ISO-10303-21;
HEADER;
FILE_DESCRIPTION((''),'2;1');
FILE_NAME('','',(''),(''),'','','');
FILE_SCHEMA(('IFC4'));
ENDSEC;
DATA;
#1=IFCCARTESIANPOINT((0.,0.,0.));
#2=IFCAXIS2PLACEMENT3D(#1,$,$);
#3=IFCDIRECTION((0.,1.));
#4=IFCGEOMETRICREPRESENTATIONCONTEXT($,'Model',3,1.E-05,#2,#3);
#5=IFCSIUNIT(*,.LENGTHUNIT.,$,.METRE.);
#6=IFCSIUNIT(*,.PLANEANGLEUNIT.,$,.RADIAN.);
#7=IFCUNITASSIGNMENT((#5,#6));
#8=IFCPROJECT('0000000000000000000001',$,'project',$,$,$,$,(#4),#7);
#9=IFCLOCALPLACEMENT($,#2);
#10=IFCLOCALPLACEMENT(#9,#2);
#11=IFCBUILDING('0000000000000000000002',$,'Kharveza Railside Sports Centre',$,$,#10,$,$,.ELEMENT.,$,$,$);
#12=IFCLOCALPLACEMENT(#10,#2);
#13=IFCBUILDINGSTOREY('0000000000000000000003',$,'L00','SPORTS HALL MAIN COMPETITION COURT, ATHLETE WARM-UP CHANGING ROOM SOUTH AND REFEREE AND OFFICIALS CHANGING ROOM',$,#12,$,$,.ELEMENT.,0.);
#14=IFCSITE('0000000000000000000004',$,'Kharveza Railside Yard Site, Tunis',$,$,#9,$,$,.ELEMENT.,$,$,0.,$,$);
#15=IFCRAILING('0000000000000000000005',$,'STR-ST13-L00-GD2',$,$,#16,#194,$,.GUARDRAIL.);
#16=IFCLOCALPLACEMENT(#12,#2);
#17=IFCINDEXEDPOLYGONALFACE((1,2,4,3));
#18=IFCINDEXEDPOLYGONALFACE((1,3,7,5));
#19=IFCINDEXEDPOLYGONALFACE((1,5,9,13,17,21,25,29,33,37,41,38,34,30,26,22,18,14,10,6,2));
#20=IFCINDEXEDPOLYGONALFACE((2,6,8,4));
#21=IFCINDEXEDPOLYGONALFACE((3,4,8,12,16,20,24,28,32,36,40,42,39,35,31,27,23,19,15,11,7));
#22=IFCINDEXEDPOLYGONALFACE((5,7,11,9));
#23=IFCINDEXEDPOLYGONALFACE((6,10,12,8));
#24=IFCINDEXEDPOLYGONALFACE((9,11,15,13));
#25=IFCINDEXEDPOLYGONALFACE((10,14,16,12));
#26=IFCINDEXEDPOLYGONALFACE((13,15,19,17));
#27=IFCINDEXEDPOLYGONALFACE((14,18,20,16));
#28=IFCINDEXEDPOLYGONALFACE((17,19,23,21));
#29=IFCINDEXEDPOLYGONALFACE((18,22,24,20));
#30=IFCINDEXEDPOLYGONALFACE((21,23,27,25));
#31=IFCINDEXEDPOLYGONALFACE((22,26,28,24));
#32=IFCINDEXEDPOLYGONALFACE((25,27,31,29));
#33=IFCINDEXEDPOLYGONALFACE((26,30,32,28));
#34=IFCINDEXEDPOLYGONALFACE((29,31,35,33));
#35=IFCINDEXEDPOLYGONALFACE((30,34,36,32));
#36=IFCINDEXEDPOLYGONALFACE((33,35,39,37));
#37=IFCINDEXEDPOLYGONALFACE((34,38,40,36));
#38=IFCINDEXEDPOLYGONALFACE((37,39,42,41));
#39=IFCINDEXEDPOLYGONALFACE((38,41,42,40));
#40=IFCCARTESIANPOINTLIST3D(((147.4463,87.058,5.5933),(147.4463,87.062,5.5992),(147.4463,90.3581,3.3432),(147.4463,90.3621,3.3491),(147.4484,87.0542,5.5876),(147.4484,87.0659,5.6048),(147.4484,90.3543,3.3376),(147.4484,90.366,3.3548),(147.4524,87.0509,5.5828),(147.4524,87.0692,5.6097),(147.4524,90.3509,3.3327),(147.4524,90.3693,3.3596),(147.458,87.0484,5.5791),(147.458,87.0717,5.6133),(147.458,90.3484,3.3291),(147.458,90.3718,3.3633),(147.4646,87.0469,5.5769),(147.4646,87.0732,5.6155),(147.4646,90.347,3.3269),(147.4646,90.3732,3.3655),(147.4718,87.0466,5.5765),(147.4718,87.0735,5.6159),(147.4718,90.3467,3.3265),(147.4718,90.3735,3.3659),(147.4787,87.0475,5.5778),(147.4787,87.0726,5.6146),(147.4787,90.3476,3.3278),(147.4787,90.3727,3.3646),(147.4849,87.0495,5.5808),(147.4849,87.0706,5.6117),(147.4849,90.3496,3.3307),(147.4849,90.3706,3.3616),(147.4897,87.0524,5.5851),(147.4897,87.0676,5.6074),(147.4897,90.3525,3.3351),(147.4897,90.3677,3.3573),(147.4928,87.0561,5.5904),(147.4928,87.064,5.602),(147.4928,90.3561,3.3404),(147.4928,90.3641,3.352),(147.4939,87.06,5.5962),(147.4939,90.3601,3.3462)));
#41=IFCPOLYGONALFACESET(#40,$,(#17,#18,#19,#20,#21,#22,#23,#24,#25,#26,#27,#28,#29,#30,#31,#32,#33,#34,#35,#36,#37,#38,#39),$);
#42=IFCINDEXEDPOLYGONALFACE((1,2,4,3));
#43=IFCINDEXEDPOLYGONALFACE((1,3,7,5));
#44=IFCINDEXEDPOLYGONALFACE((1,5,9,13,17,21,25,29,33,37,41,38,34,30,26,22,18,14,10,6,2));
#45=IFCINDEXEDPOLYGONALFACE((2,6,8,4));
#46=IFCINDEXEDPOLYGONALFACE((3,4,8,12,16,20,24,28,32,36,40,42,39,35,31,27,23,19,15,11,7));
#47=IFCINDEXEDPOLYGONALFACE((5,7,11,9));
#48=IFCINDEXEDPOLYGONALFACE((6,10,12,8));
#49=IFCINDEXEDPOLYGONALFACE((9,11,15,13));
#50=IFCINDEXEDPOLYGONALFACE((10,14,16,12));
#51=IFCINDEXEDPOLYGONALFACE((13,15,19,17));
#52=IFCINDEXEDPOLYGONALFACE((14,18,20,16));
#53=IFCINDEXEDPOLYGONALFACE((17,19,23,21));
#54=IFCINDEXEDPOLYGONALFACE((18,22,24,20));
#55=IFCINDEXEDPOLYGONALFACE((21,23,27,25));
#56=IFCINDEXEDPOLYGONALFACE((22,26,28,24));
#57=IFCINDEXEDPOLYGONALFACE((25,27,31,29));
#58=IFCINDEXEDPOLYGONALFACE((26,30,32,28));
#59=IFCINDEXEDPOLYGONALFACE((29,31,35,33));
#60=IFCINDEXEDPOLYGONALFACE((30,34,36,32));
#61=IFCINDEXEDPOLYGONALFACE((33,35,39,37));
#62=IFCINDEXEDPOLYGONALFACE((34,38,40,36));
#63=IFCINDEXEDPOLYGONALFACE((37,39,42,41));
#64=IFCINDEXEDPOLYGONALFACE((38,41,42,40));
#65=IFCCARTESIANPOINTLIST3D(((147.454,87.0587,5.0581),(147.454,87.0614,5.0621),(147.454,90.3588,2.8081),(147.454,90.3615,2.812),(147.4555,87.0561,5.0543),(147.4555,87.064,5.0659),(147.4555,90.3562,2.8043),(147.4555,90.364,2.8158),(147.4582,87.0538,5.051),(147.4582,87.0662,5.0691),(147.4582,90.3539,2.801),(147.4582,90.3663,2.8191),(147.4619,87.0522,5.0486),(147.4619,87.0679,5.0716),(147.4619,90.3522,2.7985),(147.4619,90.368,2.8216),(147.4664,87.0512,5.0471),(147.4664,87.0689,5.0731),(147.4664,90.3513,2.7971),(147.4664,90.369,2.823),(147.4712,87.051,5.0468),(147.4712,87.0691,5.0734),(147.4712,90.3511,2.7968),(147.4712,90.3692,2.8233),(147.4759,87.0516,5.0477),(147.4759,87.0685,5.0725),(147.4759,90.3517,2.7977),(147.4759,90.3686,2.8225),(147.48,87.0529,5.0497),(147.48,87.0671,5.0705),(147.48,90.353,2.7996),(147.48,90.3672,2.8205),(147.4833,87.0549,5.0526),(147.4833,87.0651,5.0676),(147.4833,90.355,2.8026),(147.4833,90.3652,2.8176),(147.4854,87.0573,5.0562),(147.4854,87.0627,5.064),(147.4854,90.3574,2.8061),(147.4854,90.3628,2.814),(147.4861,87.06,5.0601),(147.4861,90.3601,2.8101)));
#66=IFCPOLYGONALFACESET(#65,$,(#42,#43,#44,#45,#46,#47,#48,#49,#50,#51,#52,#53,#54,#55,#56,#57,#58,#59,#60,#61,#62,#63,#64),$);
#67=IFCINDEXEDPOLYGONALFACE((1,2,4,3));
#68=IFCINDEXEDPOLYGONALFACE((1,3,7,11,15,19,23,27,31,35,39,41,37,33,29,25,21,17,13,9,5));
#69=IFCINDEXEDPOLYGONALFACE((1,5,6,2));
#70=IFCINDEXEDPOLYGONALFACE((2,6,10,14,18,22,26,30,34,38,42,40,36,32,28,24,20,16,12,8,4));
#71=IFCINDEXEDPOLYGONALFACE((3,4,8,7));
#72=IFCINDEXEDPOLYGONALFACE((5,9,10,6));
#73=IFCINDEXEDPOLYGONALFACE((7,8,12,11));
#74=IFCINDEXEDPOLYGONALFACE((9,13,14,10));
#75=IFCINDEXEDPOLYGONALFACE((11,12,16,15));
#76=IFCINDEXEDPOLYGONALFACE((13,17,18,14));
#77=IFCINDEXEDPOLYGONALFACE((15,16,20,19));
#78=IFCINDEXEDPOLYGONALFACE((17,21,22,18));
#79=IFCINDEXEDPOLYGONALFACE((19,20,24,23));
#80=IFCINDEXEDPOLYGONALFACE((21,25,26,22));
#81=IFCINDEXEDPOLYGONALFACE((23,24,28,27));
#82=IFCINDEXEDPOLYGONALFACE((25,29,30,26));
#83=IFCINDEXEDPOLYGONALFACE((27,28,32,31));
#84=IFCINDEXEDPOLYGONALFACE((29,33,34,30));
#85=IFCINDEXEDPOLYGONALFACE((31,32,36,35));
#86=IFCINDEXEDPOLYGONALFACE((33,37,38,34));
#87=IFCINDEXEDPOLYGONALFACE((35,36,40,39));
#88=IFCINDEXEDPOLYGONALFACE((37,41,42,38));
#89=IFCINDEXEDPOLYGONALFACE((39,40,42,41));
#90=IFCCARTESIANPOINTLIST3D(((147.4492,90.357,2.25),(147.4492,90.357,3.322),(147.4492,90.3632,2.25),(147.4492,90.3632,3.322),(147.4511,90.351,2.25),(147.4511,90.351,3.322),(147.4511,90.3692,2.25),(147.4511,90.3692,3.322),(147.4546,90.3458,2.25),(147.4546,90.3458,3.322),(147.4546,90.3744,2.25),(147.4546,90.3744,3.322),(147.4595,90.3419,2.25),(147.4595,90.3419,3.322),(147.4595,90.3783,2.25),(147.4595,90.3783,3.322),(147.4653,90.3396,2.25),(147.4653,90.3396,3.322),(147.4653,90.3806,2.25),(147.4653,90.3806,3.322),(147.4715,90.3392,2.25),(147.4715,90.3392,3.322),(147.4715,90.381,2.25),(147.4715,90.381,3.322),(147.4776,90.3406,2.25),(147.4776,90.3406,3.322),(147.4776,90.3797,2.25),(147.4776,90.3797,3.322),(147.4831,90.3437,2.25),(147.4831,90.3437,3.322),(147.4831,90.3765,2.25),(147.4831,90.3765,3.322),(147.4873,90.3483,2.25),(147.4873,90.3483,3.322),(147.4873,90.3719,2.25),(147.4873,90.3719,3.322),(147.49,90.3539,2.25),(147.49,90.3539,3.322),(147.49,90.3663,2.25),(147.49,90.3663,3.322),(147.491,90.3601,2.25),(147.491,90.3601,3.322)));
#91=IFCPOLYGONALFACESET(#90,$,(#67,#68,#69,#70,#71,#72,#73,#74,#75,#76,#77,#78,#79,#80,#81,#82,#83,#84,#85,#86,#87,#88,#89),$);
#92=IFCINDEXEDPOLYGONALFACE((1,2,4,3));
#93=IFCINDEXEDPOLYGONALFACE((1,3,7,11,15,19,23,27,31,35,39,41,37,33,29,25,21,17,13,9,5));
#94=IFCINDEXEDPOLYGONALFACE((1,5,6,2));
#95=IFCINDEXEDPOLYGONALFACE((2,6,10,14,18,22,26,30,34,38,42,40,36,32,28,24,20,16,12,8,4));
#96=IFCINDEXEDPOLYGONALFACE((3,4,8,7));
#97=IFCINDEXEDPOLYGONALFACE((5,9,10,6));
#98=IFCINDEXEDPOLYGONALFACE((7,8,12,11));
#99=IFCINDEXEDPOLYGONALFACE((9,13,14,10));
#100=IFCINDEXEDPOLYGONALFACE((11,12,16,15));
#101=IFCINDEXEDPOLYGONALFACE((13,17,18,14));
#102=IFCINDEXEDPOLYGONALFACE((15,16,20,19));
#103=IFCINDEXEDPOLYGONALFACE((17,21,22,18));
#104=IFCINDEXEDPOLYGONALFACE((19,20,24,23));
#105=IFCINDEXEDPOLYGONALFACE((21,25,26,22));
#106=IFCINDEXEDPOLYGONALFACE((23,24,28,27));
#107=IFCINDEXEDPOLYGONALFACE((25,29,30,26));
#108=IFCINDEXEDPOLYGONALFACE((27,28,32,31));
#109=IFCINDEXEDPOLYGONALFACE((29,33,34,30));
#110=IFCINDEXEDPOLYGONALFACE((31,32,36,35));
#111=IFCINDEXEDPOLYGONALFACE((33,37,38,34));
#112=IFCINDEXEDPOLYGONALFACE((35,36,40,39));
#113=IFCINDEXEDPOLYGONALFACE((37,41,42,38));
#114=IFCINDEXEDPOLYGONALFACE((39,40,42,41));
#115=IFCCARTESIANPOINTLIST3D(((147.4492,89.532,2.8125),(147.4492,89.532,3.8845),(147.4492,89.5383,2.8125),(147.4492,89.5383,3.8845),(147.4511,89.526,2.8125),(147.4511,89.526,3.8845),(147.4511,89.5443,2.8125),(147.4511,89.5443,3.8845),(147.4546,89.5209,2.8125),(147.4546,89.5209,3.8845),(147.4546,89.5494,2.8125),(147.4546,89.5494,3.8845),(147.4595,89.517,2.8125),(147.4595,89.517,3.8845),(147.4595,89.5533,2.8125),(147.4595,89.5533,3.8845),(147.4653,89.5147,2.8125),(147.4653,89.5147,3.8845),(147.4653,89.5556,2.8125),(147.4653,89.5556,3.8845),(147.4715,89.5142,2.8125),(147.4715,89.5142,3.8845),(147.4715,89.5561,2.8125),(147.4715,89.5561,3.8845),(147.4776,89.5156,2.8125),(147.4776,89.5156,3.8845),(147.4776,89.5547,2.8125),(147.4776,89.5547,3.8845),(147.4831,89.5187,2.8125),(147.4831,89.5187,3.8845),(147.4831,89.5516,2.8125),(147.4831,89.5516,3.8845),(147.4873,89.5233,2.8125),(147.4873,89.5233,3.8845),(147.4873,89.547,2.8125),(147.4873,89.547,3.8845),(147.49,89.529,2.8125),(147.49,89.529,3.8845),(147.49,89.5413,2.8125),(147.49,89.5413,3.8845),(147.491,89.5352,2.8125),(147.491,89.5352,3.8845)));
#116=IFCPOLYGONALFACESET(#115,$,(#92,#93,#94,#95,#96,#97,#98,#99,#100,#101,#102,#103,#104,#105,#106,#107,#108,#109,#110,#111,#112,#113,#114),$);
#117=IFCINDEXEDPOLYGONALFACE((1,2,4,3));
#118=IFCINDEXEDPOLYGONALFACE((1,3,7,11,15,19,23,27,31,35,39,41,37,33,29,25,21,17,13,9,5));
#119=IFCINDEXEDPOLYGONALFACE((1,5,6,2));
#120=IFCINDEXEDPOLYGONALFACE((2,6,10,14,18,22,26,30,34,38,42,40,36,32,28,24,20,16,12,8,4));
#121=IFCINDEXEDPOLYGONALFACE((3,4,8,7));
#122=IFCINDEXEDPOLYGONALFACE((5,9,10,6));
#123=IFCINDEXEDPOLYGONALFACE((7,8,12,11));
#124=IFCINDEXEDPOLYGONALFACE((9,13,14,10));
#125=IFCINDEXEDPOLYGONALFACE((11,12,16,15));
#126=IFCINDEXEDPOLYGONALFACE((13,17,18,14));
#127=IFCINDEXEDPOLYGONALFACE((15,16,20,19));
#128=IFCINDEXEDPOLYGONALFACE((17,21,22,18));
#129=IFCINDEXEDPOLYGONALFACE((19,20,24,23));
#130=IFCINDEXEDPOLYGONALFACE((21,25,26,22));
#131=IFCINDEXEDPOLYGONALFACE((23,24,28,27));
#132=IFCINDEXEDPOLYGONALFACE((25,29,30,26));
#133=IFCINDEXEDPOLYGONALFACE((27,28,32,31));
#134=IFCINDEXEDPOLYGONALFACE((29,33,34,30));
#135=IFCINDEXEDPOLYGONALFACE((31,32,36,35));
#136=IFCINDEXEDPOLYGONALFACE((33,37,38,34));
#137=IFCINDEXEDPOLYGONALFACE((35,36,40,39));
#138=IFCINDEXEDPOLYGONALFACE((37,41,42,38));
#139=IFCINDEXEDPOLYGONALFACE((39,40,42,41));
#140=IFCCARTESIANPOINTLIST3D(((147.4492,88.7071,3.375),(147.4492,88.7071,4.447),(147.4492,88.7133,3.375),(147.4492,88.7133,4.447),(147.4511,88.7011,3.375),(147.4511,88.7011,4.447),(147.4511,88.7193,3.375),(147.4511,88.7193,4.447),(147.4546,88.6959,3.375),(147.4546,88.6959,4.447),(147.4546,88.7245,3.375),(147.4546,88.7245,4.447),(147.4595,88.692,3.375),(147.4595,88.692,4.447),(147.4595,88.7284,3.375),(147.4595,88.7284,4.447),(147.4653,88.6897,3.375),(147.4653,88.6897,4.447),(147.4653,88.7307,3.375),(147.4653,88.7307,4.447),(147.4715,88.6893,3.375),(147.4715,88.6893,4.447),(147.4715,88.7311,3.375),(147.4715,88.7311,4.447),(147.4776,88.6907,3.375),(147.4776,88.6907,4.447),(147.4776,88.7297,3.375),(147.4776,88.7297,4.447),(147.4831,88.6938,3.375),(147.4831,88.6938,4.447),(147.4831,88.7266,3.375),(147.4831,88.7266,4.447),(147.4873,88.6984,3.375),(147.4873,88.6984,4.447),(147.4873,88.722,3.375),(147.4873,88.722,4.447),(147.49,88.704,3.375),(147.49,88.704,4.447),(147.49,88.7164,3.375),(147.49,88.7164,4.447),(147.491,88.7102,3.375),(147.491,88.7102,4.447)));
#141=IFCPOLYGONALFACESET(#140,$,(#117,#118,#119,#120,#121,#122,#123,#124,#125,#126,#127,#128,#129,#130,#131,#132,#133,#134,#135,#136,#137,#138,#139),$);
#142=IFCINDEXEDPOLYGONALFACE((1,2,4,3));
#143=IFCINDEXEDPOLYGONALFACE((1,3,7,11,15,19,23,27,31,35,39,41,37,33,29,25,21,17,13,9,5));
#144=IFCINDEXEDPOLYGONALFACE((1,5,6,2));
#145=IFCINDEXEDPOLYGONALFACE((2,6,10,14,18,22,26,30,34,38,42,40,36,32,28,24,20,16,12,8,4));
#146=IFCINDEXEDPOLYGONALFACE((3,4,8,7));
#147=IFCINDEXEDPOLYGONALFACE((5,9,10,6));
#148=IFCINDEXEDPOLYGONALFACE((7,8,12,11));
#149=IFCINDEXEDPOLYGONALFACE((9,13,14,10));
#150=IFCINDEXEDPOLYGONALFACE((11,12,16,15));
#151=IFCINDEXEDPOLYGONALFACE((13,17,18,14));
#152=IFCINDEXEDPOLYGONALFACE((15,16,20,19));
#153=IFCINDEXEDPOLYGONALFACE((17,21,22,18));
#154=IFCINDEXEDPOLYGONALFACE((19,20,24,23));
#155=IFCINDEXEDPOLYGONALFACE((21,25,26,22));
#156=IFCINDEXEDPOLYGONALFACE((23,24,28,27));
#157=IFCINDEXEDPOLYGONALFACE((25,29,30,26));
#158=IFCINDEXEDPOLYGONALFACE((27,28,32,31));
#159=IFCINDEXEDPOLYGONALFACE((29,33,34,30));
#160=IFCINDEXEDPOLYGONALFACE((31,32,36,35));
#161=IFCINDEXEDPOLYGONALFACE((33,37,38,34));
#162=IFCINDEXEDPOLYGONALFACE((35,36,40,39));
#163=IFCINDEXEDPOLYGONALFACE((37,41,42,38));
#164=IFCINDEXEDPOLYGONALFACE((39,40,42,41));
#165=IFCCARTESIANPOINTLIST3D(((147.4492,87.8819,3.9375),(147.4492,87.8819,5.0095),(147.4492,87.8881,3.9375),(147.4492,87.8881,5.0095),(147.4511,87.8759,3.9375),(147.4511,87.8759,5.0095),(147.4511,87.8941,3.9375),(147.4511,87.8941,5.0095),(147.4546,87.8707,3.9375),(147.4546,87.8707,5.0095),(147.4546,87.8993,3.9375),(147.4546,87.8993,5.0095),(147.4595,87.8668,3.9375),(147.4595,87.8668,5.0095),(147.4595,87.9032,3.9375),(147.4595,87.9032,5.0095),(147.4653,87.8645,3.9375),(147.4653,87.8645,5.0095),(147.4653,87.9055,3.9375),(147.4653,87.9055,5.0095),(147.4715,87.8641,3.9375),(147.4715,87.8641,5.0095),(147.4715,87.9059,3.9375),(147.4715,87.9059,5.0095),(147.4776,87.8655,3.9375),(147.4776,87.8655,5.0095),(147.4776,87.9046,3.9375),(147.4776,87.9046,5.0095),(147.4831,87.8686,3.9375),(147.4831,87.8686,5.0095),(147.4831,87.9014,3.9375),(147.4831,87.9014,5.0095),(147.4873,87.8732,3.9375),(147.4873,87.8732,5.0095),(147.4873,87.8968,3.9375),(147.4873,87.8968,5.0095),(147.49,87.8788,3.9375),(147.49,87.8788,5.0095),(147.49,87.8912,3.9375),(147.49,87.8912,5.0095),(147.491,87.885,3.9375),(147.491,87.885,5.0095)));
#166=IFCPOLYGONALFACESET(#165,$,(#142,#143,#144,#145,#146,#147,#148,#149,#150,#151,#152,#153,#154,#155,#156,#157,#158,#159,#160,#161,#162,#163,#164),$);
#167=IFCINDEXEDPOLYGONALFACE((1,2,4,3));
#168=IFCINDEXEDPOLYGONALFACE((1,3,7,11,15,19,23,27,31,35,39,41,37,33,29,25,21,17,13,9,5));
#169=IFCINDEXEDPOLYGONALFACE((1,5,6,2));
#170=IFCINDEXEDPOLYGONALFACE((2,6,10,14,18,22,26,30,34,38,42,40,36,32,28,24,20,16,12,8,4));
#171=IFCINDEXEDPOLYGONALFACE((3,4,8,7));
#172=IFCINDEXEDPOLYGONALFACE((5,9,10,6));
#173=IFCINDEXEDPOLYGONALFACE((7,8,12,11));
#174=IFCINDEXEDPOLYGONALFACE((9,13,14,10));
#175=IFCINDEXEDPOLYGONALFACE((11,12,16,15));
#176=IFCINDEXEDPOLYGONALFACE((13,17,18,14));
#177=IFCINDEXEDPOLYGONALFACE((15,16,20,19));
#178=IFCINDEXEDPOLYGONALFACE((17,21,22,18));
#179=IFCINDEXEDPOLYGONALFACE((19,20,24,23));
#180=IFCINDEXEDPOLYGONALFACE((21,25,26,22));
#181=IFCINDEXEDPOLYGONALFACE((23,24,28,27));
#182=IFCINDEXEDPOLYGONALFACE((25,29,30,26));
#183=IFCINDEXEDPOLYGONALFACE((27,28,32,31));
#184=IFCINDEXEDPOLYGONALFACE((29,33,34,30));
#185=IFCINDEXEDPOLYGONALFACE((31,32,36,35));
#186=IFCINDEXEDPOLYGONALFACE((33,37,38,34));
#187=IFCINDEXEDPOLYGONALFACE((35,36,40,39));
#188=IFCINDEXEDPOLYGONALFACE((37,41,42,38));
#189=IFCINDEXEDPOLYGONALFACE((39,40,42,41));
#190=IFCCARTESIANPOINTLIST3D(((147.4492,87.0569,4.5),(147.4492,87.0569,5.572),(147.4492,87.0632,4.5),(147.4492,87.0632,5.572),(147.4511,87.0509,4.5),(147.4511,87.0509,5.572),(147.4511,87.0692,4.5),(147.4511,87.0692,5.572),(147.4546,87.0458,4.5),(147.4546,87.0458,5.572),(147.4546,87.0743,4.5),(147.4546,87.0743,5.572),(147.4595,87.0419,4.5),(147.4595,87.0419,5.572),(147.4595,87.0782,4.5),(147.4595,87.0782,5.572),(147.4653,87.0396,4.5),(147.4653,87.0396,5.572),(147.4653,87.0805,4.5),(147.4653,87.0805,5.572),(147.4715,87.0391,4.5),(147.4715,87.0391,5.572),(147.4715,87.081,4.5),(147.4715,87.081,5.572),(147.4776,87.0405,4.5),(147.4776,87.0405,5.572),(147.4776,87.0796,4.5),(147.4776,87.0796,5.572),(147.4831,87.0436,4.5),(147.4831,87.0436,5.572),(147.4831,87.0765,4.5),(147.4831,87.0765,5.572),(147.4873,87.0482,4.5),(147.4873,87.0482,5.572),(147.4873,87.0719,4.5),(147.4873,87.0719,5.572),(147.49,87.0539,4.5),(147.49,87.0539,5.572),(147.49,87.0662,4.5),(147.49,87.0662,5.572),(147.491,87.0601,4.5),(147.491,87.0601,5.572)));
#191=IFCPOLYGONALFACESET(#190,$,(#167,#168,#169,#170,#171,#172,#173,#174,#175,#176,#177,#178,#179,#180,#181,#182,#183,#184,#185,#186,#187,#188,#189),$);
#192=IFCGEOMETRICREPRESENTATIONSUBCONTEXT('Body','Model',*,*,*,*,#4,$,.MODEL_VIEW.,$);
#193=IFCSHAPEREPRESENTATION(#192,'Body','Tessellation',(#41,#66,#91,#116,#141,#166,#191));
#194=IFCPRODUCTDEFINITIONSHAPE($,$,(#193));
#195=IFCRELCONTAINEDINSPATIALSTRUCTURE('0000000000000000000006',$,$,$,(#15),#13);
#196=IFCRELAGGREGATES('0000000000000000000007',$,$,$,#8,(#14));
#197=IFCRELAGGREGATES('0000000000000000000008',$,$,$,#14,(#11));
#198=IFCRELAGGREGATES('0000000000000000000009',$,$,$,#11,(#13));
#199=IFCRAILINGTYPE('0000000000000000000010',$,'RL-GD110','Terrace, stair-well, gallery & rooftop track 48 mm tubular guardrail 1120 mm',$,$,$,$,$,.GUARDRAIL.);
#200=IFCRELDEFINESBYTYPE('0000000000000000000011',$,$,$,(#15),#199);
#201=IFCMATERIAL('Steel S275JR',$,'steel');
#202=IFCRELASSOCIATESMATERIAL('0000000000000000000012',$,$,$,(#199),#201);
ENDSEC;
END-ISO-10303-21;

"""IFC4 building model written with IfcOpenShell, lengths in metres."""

from ifc_helpers import new_model, si_unit, direction, frame, origin, origin_2d, place, context, subcontext, project, spatial, circle, extrude, material, type_object, element, save


model = new_model("IFC4")

# Units and contexts
model_context = context("Model", 3, precision=1e-05, world=origin(), true_north=direction((0.0, 1.0)))
body_context = subcontext(model_context, "Body", "Model", "MODEL_VIEW")
ifc_project = project(units=[si_unit("LENGTHUNIT", "METRE"), si_unit("PLANEANGLEUNIT", "RADIAN")], contexts=[model_context])

# Site, building, storey
site_placement = place(None, origin())
site = spatial("IfcSite", under=ifc_project, at=site_placement, Name="Kharveza Railside Yard Site, Tunis", CompositionType="ELEMENT", RefElevation=0.0)
building_placement = place(site_placement, origin())
building = spatial("IfcBuilding", under=site, at=building_placement, Name="Kharveza Railside Sports Centre", CompositionType="ELEMENT")
storey_placement = place(building_placement, origin())
storey = spatial("IfcBuildingStorey", under=building, at=storey_placement, Name="L00", Description="SPORTS HALL MAIN COMPETITION COURT, ATHLETE WARM-UP CHANGING ROOM SOUTH AND REFEREE AND OFFICIALS CHANGING ROOM", CompositionType="ELEMENT", Elevation=0.0)

# Railing
ifc_material_1 = material(Name="Steel S275JR", Category="steel")
railing_type_1 = type_object("IfcRailingType", Name="RL-GD110", Description="Terrace, stair-well, gallery & rooftop track 48 mm tubular guardrail 1120 mm", PredefinedType="GUARDRAIL", material=ifc_material_1)
railing_1_placement = place(storey_placement, frame((147.47, 90.3601, 2.25)))
element("IfcRailing", 1, at=railing_1_placement, inside=storey, type_object=railing_type_1, Name="STR-ST13-L00-GD2", PredefinedType="GUARDRAIL", context=body_context, shape_type="SweptSolid", body=[
    extrude(circle(Radius=0.0239, at=origin_2d()), frame((0.0, 0.0, 1.0962), z_axis=(0.0, -0.826231, 0.563331), x_axis=(1.0, 0.0, 0.0)), (0.0, 0.0, 1.0), 3.9941),
    extrude(circle(Radius=0.0161, at=origin_2d()), frame((0.0, 0.0, 0.5601), z_axis=(0.0, -0.826231, 0.563331), x_axis=(1.0, 0.0, 0.0)), (0.0, 0.0, 1.0), 3.9941),
    extrude(circle(Radius=0.021, at=origin_2d()), origin(), (0.0, 0.0, 1.0), 1.072),
    extrude(circle(Radius=0.021, at=origin_2d()), frame((0.0, -0.825, 0.5625)), (0.0, 0.0, 1.0), 1.072),
    extrude(circle(Radius=0.021, at=origin_2d()), frame((0.0, -1.6499, 1.125)), (0.0, 0.0, 1.0), 1.072),
    extrude(circle(Radius=0.021, at=origin_2d()), frame((0.0, -2.4751, 1.6875)), (0.0, 0.0, 1.0), 1.072),
    extrude(circle(Radius=0.021, at=origin_2d()), frame((0.0, -3.3, 2.25)), (0.0, 0.0, 1.0), 1.072),
])

save(model, "model.ifc")
